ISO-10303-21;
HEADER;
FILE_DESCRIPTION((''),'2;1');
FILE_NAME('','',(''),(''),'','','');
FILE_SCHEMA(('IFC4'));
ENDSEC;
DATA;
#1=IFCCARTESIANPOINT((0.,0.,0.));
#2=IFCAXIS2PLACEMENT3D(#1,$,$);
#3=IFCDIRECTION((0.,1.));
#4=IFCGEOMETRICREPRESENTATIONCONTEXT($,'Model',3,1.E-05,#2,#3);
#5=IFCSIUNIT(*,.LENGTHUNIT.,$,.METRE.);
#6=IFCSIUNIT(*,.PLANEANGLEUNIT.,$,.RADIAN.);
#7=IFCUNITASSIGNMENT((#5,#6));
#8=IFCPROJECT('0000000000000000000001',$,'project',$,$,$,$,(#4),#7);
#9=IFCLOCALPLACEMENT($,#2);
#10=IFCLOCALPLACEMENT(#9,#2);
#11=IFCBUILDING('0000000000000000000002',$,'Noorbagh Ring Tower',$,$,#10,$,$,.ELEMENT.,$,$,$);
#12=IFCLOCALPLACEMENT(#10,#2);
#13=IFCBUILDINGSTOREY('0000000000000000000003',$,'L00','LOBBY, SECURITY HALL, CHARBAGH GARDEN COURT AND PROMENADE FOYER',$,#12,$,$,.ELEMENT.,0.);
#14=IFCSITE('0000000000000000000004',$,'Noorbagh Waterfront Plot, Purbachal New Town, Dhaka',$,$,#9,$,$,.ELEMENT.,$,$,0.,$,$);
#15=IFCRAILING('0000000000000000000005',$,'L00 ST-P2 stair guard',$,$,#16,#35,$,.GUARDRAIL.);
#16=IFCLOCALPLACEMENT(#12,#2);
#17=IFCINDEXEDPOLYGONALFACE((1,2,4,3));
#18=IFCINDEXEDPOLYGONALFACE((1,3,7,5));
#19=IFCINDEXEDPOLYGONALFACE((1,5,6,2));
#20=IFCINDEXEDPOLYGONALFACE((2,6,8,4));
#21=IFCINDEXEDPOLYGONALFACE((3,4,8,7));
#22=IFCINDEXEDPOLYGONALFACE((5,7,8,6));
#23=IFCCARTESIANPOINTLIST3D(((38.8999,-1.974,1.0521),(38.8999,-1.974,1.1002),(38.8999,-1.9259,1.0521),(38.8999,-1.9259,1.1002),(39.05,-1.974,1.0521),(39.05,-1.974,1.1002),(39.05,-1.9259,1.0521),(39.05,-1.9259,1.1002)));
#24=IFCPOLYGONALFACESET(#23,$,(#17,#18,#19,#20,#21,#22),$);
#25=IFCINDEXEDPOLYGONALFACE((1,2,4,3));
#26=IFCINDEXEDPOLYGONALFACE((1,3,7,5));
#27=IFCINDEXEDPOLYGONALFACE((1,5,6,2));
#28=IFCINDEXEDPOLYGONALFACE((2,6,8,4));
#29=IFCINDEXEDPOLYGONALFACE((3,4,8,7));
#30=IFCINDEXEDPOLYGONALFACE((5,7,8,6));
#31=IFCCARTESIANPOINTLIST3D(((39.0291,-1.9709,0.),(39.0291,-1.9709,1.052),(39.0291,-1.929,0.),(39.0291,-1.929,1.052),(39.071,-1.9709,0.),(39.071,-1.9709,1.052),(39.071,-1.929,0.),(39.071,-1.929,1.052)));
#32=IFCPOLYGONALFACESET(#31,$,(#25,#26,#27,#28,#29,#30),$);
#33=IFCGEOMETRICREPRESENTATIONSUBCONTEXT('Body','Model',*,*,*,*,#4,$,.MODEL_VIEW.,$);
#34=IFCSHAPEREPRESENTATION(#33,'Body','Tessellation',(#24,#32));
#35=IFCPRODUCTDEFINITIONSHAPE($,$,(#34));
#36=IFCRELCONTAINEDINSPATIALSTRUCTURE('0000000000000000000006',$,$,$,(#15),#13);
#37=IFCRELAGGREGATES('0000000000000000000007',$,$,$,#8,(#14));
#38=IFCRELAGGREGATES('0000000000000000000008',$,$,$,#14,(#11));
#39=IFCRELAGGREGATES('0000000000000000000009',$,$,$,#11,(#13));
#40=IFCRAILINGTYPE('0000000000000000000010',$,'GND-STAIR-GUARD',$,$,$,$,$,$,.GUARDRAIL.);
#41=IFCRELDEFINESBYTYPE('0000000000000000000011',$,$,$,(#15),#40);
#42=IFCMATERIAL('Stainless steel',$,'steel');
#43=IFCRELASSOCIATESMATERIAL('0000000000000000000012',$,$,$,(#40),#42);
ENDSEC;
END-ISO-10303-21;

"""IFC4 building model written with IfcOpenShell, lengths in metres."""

from ifc_helpers import new_model, si_unit, direction, frame, origin, origin_2d, place, context, subcontext, project, spatial, rectangle, extrude, material, type_object, element, save


model = new_model("IFC4")

# Units and contexts
model_context = context("Model", 3, precision=1e-05, world=origin(), true_north=direction((0.0, 1.0)))
body_context = subcontext(model_context, "Body", "Model", "MODEL_VIEW")
ifc_project = project(units=[si_unit("LENGTHUNIT", "METRE"), si_unit("PLANEANGLEUNIT", "RADIAN")], contexts=[model_context])

# Site, building, storey
site_placement = place(None, origin())
site = spatial("IfcSite", under=ifc_project, at=site_placement, Name="Noorbagh Waterfront Plot, Purbachal New Town, Dhaka", CompositionType="ELEMENT", RefElevation=0.0)
building_placement = place(site_placement, origin())
building = spatial("IfcBuilding", under=site, at=building_placement, Name="Noorbagh Ring Tower", CompositionType="ELEMENT")
storey_placement = place(building_placement, origin())
storey = spatial("IfcBuildingStorey", under=building, at=storey_placement, Name="L00", Description="LOBBY, SECURITY HALL, CHARBAGH GARDEN COURT AND PROMENADE FOYER", CompositionType="ELEMENT", Elevation=0.0)

# Railing
ifc_material_1 = material(Name="Stainless steel", Category="steel")
railing_type = type_object("IfcRailingType", Name="GND-STAIR-GUARD", PredefinedType="GUARDRAIL", material=ifc_material_1)
railing_1_placement = place(storey_placement, frame((39.05, -1.95, 0.0)))
element("IfcRailing", 1, at=railing_1_placement, inside=storey, type_object=railing_type, Name="L00 ST-P2 stair guard", PredefinedType="GUARDRAIL", context=body_context, shape_type="SweptSolid", body=[
    extrude(rectangle(XDim=0.0481, YDim=0.0481, at=origin_2d()), frame((0.0, 0.0, 1.0762), z_axis=(-1.0, 0.0, 0.0), x_axis=(0.0, -1.0, 0.0)), (0.0, 0.0, 1.0), 0.1501),
    extrude(rectangle(XDim=0.042, YDim=0.042, at=origin_2d()), origin(), (0.0, 0.0, 1.0), 1.052),
])

save(model, "model.ifc")
